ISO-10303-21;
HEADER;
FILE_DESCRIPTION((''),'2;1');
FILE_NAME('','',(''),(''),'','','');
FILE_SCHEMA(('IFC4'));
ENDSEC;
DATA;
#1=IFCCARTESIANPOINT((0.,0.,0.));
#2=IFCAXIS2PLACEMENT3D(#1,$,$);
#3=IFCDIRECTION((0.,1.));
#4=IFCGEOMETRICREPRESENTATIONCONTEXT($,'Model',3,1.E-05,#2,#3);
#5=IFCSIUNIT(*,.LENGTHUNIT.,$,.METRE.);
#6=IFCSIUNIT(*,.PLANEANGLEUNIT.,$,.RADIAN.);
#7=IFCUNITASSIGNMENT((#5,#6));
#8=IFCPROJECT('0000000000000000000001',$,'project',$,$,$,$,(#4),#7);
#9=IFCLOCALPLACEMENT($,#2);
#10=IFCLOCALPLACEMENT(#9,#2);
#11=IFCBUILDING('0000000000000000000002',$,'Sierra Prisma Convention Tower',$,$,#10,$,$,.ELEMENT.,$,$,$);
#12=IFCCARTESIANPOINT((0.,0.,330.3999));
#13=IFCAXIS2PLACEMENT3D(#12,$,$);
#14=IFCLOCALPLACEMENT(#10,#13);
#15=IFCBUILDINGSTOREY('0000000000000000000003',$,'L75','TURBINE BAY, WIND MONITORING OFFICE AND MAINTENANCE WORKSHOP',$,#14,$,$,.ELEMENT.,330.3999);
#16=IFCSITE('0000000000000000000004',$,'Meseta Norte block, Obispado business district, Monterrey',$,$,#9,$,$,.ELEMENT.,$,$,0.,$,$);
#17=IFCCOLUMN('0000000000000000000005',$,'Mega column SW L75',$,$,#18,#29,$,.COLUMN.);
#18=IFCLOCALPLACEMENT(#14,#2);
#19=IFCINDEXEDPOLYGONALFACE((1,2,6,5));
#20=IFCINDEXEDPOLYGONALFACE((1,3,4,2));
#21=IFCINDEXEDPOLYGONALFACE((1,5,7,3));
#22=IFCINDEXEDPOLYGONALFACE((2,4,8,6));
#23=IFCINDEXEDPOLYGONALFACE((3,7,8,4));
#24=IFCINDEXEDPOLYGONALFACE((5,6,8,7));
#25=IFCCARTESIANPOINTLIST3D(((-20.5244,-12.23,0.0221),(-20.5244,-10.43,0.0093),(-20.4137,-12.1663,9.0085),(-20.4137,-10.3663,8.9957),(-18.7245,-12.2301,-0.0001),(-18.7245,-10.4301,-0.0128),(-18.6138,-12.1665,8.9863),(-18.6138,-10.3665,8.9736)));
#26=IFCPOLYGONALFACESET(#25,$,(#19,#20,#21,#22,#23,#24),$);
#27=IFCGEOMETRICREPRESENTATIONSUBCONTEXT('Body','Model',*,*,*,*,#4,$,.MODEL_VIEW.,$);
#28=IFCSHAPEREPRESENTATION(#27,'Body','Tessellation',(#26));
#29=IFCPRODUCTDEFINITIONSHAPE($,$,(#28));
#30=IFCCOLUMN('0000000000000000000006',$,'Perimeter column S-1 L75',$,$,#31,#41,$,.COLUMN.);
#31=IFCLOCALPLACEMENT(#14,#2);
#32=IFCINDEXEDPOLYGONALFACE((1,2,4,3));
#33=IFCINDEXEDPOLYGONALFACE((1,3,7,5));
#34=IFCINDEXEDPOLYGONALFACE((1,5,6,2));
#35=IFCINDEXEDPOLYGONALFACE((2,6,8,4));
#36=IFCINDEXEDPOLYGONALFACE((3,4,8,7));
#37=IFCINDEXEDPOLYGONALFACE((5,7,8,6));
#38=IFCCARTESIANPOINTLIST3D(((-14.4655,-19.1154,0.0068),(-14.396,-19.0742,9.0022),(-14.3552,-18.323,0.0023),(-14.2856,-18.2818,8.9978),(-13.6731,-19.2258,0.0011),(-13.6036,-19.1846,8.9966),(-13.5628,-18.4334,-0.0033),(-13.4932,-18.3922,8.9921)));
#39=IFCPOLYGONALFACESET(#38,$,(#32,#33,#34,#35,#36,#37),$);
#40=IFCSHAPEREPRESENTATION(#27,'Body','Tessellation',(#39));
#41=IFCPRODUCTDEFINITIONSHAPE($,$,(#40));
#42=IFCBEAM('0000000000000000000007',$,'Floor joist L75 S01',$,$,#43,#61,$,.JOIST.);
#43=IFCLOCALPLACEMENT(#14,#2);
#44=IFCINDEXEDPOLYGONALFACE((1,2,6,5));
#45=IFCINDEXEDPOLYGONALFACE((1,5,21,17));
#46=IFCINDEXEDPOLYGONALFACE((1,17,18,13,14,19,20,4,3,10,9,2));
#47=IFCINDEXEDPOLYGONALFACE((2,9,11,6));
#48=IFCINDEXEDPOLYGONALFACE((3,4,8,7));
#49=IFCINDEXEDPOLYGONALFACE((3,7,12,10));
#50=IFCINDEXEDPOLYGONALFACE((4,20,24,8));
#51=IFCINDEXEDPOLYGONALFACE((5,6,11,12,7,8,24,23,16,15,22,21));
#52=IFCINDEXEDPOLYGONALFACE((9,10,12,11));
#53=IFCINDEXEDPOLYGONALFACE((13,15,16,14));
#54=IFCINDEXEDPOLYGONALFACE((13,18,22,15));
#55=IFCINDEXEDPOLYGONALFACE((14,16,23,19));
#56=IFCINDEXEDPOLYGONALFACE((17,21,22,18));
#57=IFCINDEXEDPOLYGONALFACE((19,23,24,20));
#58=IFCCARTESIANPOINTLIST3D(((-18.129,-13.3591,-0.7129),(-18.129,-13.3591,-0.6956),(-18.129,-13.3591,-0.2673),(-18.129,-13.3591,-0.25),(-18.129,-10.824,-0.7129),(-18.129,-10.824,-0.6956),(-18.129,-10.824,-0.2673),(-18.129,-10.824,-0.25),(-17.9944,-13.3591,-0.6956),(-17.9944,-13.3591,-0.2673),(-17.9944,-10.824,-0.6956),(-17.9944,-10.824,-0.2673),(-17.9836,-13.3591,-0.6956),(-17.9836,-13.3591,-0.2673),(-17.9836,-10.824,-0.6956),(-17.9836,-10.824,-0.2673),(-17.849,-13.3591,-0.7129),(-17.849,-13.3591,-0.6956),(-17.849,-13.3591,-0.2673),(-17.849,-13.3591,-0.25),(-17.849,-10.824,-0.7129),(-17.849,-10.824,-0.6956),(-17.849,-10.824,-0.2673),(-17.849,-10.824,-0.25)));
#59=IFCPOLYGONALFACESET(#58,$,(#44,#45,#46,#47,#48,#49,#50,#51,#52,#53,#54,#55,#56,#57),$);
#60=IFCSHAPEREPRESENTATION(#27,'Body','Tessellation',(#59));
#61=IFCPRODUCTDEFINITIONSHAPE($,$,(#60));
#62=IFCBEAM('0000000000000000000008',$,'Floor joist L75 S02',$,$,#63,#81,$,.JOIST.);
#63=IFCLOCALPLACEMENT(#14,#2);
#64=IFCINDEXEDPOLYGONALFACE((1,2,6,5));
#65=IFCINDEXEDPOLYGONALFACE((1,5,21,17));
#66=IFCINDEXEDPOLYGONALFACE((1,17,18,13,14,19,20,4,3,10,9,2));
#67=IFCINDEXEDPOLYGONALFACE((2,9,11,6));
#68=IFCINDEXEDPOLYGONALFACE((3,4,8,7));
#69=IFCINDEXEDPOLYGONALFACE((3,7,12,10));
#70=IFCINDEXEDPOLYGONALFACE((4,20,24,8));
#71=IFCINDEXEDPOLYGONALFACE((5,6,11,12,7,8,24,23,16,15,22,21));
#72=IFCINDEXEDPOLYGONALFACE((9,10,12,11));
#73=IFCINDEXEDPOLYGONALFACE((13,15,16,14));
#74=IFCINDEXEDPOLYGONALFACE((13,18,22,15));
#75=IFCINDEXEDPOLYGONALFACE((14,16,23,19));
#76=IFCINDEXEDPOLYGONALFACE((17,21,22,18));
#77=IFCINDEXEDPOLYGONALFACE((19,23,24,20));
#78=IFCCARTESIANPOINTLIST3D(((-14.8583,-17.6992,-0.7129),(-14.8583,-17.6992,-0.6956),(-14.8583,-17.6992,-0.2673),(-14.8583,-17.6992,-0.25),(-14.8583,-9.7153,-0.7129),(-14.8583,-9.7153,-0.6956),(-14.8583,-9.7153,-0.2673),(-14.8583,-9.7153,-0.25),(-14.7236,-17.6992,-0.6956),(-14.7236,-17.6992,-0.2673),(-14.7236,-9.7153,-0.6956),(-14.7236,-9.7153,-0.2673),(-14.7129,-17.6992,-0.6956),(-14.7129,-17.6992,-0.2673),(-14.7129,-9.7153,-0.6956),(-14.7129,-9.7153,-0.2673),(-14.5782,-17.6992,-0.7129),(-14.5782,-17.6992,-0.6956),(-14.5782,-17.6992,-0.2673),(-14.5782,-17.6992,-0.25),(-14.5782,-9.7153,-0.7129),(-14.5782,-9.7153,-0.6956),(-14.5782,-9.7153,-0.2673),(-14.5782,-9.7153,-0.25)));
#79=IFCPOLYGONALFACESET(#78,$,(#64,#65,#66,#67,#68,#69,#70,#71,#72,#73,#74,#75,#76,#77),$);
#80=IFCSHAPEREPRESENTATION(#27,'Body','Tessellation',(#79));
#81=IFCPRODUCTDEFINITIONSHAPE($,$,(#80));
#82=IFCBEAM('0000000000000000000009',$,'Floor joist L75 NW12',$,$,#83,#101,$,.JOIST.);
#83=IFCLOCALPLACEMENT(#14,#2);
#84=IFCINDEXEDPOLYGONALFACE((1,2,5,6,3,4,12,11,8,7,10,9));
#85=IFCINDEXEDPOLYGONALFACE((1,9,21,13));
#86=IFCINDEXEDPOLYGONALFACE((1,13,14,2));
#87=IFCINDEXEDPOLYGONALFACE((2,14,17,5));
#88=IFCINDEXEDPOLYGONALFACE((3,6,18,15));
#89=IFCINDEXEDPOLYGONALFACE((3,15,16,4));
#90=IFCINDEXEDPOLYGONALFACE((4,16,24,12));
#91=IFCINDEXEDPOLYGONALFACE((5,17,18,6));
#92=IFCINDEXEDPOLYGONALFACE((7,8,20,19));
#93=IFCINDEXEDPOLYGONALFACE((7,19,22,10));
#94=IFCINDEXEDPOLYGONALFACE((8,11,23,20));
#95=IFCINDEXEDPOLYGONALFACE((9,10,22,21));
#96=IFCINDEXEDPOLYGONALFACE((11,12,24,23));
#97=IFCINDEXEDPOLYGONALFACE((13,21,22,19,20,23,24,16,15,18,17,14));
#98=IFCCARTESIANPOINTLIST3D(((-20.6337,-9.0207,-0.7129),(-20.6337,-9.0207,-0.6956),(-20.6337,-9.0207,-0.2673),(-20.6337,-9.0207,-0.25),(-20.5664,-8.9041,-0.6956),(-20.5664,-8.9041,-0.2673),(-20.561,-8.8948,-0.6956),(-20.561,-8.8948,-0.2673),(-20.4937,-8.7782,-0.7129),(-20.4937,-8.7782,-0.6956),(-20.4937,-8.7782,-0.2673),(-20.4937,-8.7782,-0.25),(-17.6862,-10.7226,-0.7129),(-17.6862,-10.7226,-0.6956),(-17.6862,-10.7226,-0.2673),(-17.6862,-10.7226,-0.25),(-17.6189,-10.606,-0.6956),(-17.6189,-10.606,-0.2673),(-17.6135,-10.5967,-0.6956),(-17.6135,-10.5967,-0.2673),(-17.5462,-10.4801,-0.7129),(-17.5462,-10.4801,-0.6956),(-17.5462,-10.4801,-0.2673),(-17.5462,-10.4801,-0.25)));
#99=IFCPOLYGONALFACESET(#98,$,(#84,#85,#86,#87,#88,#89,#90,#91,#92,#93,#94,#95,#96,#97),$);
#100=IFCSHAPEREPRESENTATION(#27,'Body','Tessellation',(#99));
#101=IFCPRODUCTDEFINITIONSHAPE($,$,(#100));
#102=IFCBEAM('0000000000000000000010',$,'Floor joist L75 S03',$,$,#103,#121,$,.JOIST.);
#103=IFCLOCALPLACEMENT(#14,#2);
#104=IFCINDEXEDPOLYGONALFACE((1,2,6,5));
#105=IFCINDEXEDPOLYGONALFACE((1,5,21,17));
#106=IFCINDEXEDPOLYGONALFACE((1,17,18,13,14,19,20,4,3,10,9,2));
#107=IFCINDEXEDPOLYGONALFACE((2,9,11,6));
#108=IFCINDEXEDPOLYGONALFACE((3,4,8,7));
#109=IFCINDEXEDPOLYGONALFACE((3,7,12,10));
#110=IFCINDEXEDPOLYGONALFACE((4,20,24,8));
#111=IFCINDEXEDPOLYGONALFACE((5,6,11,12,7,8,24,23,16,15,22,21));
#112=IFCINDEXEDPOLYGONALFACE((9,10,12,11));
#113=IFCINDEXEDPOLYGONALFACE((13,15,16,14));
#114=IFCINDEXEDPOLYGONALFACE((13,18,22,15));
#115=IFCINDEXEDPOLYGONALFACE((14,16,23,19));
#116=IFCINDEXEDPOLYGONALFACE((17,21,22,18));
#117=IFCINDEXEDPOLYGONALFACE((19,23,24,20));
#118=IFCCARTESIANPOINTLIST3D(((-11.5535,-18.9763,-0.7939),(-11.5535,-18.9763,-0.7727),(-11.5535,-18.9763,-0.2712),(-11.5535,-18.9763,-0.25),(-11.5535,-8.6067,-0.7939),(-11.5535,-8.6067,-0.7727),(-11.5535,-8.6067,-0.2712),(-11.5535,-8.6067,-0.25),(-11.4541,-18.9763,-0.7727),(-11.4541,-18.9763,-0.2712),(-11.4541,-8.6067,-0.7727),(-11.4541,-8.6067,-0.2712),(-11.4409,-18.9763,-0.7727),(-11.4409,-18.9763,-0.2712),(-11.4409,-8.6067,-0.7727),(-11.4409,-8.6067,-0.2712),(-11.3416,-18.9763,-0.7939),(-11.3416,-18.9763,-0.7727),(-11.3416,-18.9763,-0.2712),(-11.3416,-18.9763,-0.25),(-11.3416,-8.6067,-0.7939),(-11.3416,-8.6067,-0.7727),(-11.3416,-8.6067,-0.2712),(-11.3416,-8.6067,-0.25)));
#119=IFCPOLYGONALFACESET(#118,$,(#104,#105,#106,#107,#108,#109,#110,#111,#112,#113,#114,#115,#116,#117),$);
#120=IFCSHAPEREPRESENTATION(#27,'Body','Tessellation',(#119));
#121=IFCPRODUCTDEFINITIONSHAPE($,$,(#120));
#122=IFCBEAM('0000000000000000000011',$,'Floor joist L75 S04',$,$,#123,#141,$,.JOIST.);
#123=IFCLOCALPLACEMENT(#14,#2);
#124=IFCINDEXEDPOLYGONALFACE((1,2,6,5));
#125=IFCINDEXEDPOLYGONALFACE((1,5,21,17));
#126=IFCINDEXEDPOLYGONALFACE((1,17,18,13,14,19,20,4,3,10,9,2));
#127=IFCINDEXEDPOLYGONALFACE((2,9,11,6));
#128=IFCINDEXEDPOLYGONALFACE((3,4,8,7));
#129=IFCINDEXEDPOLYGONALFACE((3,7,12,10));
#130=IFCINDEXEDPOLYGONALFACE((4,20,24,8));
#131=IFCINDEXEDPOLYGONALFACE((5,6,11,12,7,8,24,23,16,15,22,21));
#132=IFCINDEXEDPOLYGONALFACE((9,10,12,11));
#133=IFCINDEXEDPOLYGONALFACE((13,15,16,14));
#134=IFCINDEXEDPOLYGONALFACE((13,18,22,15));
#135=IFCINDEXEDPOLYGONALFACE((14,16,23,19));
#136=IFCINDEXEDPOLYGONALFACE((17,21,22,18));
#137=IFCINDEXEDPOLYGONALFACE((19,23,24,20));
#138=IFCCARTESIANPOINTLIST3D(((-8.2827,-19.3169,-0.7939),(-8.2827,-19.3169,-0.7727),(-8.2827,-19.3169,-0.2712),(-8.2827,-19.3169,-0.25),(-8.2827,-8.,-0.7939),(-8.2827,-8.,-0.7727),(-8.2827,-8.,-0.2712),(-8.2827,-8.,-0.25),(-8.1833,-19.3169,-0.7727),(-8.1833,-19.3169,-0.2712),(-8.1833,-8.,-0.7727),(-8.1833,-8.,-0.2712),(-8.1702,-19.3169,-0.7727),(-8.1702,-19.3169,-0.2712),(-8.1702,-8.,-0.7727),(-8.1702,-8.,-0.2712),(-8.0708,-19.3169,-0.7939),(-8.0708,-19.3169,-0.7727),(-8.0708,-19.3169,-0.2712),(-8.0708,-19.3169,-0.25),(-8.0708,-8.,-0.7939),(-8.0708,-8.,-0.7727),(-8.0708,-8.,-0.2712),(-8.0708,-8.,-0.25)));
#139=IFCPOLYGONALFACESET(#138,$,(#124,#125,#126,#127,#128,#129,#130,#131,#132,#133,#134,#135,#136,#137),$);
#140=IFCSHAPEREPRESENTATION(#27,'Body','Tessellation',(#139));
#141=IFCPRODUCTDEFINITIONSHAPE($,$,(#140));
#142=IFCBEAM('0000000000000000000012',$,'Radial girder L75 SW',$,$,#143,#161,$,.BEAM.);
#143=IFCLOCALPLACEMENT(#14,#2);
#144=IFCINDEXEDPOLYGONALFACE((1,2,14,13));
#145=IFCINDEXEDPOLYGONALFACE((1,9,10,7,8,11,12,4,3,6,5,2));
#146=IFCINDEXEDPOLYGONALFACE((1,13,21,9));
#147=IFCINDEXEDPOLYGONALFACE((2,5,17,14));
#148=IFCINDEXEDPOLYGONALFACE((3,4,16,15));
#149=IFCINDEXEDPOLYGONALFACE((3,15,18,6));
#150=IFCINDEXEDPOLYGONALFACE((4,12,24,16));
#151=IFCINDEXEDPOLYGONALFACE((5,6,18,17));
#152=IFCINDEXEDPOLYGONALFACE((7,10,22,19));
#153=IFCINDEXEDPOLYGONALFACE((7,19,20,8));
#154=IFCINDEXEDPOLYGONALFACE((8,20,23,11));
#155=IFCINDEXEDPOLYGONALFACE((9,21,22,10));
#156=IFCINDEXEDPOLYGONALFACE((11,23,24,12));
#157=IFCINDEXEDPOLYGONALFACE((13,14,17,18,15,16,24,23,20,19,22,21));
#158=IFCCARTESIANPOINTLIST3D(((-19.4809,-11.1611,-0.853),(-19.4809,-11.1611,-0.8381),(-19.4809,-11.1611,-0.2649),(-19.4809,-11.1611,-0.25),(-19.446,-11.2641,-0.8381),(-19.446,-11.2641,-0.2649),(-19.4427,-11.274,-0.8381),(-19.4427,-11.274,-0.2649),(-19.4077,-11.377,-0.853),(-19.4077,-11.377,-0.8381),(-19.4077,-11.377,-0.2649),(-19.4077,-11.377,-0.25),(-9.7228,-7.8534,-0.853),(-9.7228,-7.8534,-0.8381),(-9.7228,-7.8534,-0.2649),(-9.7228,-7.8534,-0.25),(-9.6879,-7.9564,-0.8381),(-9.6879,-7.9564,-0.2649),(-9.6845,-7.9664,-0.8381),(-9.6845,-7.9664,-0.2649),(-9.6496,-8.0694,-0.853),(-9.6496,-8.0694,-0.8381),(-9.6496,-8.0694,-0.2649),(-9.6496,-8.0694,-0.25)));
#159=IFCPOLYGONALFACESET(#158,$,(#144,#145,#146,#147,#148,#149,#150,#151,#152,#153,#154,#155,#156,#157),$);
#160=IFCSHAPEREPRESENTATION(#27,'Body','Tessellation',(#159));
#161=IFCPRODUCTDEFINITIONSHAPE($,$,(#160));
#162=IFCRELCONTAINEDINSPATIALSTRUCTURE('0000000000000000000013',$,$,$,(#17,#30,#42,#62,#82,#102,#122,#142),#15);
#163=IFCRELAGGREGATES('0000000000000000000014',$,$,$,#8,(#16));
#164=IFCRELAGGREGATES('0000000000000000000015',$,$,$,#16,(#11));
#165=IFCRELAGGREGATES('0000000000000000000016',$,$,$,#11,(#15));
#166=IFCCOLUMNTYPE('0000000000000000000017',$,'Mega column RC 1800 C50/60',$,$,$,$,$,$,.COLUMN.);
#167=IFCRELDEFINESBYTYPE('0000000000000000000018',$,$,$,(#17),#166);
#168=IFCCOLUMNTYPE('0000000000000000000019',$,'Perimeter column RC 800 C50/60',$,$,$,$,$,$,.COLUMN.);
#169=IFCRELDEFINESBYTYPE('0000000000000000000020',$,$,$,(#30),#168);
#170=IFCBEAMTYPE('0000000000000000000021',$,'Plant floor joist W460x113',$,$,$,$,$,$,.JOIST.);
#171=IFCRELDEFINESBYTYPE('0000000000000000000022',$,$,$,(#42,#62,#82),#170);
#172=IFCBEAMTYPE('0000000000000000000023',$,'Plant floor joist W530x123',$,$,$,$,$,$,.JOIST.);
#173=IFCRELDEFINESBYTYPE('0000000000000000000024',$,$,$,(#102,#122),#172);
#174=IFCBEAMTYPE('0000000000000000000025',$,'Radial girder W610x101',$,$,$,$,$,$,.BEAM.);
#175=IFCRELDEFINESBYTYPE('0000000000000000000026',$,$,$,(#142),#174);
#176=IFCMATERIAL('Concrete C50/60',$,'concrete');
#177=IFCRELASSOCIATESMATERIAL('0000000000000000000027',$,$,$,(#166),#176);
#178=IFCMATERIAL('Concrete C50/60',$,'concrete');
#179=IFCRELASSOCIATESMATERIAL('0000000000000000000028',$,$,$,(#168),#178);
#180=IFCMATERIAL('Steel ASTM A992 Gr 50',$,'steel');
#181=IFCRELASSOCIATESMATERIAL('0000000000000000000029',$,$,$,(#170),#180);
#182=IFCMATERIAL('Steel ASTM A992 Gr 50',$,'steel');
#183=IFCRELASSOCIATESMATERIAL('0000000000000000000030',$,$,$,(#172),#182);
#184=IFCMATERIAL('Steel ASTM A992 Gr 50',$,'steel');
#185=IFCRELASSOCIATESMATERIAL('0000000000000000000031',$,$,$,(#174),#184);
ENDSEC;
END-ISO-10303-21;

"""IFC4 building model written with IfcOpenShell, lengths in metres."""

from ifc_helpers import new_model, si_unit, direction, frame, origin, origin_2d, place, context, subcontext, project, spatial, rectangle, i_section, extrude, clip, halfspace, material, material_profile, profile_set, type_object, element, save


model = new_model("IFC4")

# Units and contexts
model_context = context("Model", 3, precision=1e-05, world=origin(), true_north=direction((0.0, 1.0)))
body_context = subcontext(model_context, "Body", "Model", "MODEL_VIEW")
ifc_project = project(units=[si_unit("LENGTHUNIT", "METRE"), si_unit("PLANEANGLEUNIT", "RADIAN")], contexts=[model_context])

# Site, building, storey
site_placement = place(None, origin())
site = spatial("IfcSite", under=ifc_project, at=site_placement, Name="Meseta Norte block, Obispado business district, Monterrey", CompositionType="ELEMENT", RefElevation=0.0)
building_placement = place(site_placement, origin())
building = spatial("IfcBuilding", under=site, at=building_placement, Name="Sierra Prisma Convention Tower", CompositionType="ELEMENT")
storey_placement = place(building_placement, frame((0.0, 0.0, 330.3999)))
storey = spatial("IfcBuildingStorey", under=building, at=storey_placement, Name="L75", Description="TURBINE BAY, WIND MONITORING OFFICE AND MAINTENANCE WORKSHOP", CompositionType="ELEMENT", Elevation=330.3999)

# Columns
ifc_material_1 = material(Name="Concrete C50/60", Category="concrete")
ifc_material_profile_1 = material_profile(ifc_material_1, rectangle(XDim=1.8, YDim=1.8, at=origin_2d()), Name="Mega column RC 1800 C50/60")
ifc_profile_set_1 = profile_set([ifc_material_profile_1], Name="Concrete C50/60")
column_type_1 = type_object("IfcColumnType", Name="Mega column RC 1800 C50/60", PredefinedType="COLUMN", material=ifc_profile_set_1)
column_1_placement = place(storey_placement, frame((-19.6245, -11.3301, 0.0), z_axis=(0.012314, 0.007079, 0.999899), x_axis=(0.999924, -0.000087, -0.012314)))
element("IfcColumn", 1, at=column_1_placement, inside=storey, type_object=column_type_1, Name="Mega column SW L75", PredefinedType="COLUMN", context=body_context, shape_type="SweptSolid", body=[
    clip(clip(extrude(rectangle(XDim=1.8, YDim=1.8, at=origin_2d()), origin(), (0.0, 0.0, 1.0), 9.001), halfspace(frame((0.0, 0.0, 0.0046)), True)), halfspace(frame((0.0, 0.0, 8.9919)), False)),
])
ifc_material_2 = material(Name="Concrete C50/60", Category="concrete")
ifc_material_profile_2 = material_profile(ifc_material_2, rectangle(XDim=0.8, YDim=0.8, at=origin_2d()), Name="Perimeter column RC 800 C50/60")
ifc_profile_set_2 = profile_set([ifc_material_profile_2], Name="Concrete C50/60")
column_type_2 = type_object("IfcColumnType", Name="Perimeter column RC 800 C50/60", PredefinedType="COLUMN", material=ifc_profile_set_2)
column_2_placement = place(storey_placement, frame((-14.0142, -18.7744, 0.0), z_axis=(0.007731, 0.004584, 0.99996), x_axis=(-0.99041, 0.137978, 0.007024)))
element("IfcColumn", 2, at=column_2_placement, inside=storey, type_object=column_type_2, Name="Perimeter column S-1 L75", PredefinedType="COLUMN", context=body_context, shape_type="SweptSolid", body=[
    clip(clip(extrude(rectangle(XDim=0.8, YDim=0.8, at=origin_2d()), origin(), (0.0, 0.0, 1.0), 9.0002), halfspace(frame((0.0, 0.0, 0.0017)), True)), halfspace(frame((0.0, 0.0, 8.9976)), False)),
])

# Beams
ifc_material_3 = material(Name="Steel ASTM A992 Gr 50", Category="steel")
ifc_material_profile_3 = material_profile(ifc_material_3, i_section(OverallWidth=0.28, OverallDepth=0.4629, WebThickness=0.0107, FlangeThickness=0.0173, at=origin_2d()), Name="W460x113")
ifc_profile_set_3 = profile_set([ifc_material_profile_3], Name="Steel ASTM A992 Gr 50")
beam_type_1 = type_object("IfcBeamType", Name="Plant floor joist W460x113", PredefinedType="JOIST", material=ifc_profile_set_3)
beam_1_placement = place(storey_placement, frame((-17.989, -13.3591, -0.4814), z_axis=(0.0, 1.0, 0.0), x_axis=(-1.0, 0.0, 0.0)))
element("IfcBeam", 3, at=beam_1_placement, inside=storey, type_object=beam_type_1, Name="Floor joist L75 S01", PredefinedType="JOIST", context=body_context, shape_type="SweptSolid", body=[
    extrude(i_section(OverallWidth=0.28, OverallDepth=0.4629, WebThickness=0.0107, FlangeThickness=0.0173, at=origin_2d()), origin(), (0.0, 0.0, 1.0), 2.5352),
])
beam_2_placement = place(storey_placement, frame((-14.7183, -17.6992, -0.4814), z_axis=(0.0, 1.0, 0.0), x_axis=(-1.0, 0.0, 0.0)))
element("IfcBeam", 4, at=beam_2_placement, inside=storey, type_object=beam_type_1, Name="Floor joist L75 S02", PredefinedType="JOIST", context=body_context, shape_type="SweptSolid", body=[
    extrude(i_section(OverallWidth=0.28, OverallDepth=0.4629, WebThickness=0.0107, FlangeThickness=0.0173, at=origin_2d()), origin(), (0.0, 0.0, 1.0), 7.9839),
])
beam_3_placement = place(storey_placement, frame((-20.5637, -8.8994, -0.4814), z_axis=(0.866005, -0.500035, 0.0), x_axis=(0.500035, 0.866005, 0.0)))
element("IfcBeam", 5, at=beam_3_placement, inside=storey, type_object=beam_type_1, Name="Floor joist L75 NW12", PredefinedType="JOIST", context=body_context, shape_type="SweptSolid", body=[
    extrude(i_section(OverallWidth=0.28, OverallDepth=0.4629, WebThickness=0.0107, FlangeThickness=0.0173, at=origin_2d()), origin(), (0.0, 0.0, 1.0), 3.4036),
])
ifc_material_4 = material(Name="Steel ASTM A992 Gr 50", Category="steel")
ifc_material_profile_4 = material_profile(ifc_material_4, i_section(OverallWidth=0.2119, OverallDepth=0.5439, WebThickness=0.0132, FlangeThickness=0.0212, at=origin_2d()), Name="W530x123")
ifc_profile_set_4 = profile_set([ifc_material_profile_4], Name="Steel ASTM A992 Gr 50")
beam_type_2 = type_object("IfcBeamType", Name="Plant floor joist W530x123", PredefinedType="JOIST", material=ifc_profile_set_4)
beam_4_placement = place(storey_placement, frame((-11.4475, -18.9763, -0.522), z_axis=(0.0, 1.0, 0.0), x_axis=(-1.0, 0.0, 0.0)))
element("IfcBeam", 6, at=beam_4_placement, inside=storey, type_object=beam_type_2, Name="Floor joist L75 S03", PredefinedType="JOIST", context=body_context, shape_type="SweptSolid", body=[
    extrude(i_section(OverallWidth=0.2119, OverallDepth=0.5439, WebThickness=0.0132, FlangeThickness=0.0212, at=origin_2d()), origin(), (0.0, 0.0, 1.0), 10.3696),
])
beam_5_placement = place(storey_placement, frame((-8.1768, -19.3169, -0.522), z_axis=(0.0, 1.0, 0.0), x_axis=(-1.0, 0.0, 0.0)))
element("IfcBeam", 7, at=beam_5_placement, inside=storey, type_object=beam_type_2, Name="Floor joist L75 S04", PredefinedType="JOIST", context=body_context, shape_type="SweptSolid", body=[
    extrude(i_section(OverallWidth=0.2119, OverallDepth=0.5439, WebThickness=0.0132, FlangeThickness=0.0212, at=origin_2d()), origin(), (0.0, 0.0, 1.0), 11.3169),
])
ifc_material_5 = material(Name="Steel ASTM A992 Gr 50", Category="steel")
ifc_material_profile_5 = material_profile(ifc_material_5, i_section(OverallWidth=0.228, OverallDepth=0.603, WebThickness=0.0105, FlangeThickness=0.0149, at=origin_2d()), Name="W610x101")
ifc_profile_set_5 = profile_set([ifc_material_profile_5], Name="Steel ASTM A992 Gr 50")
beam_type_3 = type_object("IfcBeamType", Name="Radial girder W610x101", PredefinedType="BEAM", material=ifc_profile_set_5)
beam_6_placement = place(storey_placement, frame((-19.4443, -11.269, -0.5515), z_axis=(0.947072, 0.321022, 0.0), x_axis=(-0.321022, 0.947072, 0.0)))
element("IfcBeam", 8, at=beam_6_placement, inside=storey, type_object=beam_type_3, Name="Radial girder L75 SW", PredefinedType="BEAM", context=body_context, shape_type="SweptSolid", body=[
    extrude(i_section(OverallWidth=0.228, OverallDepth=0.603, WebThickness=0.0105, FlangeThickness=0.0149, at=origin_2d()), origin(), (0.0, 0.0, 1.0), 10.3035),
])

save(model, "model.ifc")
